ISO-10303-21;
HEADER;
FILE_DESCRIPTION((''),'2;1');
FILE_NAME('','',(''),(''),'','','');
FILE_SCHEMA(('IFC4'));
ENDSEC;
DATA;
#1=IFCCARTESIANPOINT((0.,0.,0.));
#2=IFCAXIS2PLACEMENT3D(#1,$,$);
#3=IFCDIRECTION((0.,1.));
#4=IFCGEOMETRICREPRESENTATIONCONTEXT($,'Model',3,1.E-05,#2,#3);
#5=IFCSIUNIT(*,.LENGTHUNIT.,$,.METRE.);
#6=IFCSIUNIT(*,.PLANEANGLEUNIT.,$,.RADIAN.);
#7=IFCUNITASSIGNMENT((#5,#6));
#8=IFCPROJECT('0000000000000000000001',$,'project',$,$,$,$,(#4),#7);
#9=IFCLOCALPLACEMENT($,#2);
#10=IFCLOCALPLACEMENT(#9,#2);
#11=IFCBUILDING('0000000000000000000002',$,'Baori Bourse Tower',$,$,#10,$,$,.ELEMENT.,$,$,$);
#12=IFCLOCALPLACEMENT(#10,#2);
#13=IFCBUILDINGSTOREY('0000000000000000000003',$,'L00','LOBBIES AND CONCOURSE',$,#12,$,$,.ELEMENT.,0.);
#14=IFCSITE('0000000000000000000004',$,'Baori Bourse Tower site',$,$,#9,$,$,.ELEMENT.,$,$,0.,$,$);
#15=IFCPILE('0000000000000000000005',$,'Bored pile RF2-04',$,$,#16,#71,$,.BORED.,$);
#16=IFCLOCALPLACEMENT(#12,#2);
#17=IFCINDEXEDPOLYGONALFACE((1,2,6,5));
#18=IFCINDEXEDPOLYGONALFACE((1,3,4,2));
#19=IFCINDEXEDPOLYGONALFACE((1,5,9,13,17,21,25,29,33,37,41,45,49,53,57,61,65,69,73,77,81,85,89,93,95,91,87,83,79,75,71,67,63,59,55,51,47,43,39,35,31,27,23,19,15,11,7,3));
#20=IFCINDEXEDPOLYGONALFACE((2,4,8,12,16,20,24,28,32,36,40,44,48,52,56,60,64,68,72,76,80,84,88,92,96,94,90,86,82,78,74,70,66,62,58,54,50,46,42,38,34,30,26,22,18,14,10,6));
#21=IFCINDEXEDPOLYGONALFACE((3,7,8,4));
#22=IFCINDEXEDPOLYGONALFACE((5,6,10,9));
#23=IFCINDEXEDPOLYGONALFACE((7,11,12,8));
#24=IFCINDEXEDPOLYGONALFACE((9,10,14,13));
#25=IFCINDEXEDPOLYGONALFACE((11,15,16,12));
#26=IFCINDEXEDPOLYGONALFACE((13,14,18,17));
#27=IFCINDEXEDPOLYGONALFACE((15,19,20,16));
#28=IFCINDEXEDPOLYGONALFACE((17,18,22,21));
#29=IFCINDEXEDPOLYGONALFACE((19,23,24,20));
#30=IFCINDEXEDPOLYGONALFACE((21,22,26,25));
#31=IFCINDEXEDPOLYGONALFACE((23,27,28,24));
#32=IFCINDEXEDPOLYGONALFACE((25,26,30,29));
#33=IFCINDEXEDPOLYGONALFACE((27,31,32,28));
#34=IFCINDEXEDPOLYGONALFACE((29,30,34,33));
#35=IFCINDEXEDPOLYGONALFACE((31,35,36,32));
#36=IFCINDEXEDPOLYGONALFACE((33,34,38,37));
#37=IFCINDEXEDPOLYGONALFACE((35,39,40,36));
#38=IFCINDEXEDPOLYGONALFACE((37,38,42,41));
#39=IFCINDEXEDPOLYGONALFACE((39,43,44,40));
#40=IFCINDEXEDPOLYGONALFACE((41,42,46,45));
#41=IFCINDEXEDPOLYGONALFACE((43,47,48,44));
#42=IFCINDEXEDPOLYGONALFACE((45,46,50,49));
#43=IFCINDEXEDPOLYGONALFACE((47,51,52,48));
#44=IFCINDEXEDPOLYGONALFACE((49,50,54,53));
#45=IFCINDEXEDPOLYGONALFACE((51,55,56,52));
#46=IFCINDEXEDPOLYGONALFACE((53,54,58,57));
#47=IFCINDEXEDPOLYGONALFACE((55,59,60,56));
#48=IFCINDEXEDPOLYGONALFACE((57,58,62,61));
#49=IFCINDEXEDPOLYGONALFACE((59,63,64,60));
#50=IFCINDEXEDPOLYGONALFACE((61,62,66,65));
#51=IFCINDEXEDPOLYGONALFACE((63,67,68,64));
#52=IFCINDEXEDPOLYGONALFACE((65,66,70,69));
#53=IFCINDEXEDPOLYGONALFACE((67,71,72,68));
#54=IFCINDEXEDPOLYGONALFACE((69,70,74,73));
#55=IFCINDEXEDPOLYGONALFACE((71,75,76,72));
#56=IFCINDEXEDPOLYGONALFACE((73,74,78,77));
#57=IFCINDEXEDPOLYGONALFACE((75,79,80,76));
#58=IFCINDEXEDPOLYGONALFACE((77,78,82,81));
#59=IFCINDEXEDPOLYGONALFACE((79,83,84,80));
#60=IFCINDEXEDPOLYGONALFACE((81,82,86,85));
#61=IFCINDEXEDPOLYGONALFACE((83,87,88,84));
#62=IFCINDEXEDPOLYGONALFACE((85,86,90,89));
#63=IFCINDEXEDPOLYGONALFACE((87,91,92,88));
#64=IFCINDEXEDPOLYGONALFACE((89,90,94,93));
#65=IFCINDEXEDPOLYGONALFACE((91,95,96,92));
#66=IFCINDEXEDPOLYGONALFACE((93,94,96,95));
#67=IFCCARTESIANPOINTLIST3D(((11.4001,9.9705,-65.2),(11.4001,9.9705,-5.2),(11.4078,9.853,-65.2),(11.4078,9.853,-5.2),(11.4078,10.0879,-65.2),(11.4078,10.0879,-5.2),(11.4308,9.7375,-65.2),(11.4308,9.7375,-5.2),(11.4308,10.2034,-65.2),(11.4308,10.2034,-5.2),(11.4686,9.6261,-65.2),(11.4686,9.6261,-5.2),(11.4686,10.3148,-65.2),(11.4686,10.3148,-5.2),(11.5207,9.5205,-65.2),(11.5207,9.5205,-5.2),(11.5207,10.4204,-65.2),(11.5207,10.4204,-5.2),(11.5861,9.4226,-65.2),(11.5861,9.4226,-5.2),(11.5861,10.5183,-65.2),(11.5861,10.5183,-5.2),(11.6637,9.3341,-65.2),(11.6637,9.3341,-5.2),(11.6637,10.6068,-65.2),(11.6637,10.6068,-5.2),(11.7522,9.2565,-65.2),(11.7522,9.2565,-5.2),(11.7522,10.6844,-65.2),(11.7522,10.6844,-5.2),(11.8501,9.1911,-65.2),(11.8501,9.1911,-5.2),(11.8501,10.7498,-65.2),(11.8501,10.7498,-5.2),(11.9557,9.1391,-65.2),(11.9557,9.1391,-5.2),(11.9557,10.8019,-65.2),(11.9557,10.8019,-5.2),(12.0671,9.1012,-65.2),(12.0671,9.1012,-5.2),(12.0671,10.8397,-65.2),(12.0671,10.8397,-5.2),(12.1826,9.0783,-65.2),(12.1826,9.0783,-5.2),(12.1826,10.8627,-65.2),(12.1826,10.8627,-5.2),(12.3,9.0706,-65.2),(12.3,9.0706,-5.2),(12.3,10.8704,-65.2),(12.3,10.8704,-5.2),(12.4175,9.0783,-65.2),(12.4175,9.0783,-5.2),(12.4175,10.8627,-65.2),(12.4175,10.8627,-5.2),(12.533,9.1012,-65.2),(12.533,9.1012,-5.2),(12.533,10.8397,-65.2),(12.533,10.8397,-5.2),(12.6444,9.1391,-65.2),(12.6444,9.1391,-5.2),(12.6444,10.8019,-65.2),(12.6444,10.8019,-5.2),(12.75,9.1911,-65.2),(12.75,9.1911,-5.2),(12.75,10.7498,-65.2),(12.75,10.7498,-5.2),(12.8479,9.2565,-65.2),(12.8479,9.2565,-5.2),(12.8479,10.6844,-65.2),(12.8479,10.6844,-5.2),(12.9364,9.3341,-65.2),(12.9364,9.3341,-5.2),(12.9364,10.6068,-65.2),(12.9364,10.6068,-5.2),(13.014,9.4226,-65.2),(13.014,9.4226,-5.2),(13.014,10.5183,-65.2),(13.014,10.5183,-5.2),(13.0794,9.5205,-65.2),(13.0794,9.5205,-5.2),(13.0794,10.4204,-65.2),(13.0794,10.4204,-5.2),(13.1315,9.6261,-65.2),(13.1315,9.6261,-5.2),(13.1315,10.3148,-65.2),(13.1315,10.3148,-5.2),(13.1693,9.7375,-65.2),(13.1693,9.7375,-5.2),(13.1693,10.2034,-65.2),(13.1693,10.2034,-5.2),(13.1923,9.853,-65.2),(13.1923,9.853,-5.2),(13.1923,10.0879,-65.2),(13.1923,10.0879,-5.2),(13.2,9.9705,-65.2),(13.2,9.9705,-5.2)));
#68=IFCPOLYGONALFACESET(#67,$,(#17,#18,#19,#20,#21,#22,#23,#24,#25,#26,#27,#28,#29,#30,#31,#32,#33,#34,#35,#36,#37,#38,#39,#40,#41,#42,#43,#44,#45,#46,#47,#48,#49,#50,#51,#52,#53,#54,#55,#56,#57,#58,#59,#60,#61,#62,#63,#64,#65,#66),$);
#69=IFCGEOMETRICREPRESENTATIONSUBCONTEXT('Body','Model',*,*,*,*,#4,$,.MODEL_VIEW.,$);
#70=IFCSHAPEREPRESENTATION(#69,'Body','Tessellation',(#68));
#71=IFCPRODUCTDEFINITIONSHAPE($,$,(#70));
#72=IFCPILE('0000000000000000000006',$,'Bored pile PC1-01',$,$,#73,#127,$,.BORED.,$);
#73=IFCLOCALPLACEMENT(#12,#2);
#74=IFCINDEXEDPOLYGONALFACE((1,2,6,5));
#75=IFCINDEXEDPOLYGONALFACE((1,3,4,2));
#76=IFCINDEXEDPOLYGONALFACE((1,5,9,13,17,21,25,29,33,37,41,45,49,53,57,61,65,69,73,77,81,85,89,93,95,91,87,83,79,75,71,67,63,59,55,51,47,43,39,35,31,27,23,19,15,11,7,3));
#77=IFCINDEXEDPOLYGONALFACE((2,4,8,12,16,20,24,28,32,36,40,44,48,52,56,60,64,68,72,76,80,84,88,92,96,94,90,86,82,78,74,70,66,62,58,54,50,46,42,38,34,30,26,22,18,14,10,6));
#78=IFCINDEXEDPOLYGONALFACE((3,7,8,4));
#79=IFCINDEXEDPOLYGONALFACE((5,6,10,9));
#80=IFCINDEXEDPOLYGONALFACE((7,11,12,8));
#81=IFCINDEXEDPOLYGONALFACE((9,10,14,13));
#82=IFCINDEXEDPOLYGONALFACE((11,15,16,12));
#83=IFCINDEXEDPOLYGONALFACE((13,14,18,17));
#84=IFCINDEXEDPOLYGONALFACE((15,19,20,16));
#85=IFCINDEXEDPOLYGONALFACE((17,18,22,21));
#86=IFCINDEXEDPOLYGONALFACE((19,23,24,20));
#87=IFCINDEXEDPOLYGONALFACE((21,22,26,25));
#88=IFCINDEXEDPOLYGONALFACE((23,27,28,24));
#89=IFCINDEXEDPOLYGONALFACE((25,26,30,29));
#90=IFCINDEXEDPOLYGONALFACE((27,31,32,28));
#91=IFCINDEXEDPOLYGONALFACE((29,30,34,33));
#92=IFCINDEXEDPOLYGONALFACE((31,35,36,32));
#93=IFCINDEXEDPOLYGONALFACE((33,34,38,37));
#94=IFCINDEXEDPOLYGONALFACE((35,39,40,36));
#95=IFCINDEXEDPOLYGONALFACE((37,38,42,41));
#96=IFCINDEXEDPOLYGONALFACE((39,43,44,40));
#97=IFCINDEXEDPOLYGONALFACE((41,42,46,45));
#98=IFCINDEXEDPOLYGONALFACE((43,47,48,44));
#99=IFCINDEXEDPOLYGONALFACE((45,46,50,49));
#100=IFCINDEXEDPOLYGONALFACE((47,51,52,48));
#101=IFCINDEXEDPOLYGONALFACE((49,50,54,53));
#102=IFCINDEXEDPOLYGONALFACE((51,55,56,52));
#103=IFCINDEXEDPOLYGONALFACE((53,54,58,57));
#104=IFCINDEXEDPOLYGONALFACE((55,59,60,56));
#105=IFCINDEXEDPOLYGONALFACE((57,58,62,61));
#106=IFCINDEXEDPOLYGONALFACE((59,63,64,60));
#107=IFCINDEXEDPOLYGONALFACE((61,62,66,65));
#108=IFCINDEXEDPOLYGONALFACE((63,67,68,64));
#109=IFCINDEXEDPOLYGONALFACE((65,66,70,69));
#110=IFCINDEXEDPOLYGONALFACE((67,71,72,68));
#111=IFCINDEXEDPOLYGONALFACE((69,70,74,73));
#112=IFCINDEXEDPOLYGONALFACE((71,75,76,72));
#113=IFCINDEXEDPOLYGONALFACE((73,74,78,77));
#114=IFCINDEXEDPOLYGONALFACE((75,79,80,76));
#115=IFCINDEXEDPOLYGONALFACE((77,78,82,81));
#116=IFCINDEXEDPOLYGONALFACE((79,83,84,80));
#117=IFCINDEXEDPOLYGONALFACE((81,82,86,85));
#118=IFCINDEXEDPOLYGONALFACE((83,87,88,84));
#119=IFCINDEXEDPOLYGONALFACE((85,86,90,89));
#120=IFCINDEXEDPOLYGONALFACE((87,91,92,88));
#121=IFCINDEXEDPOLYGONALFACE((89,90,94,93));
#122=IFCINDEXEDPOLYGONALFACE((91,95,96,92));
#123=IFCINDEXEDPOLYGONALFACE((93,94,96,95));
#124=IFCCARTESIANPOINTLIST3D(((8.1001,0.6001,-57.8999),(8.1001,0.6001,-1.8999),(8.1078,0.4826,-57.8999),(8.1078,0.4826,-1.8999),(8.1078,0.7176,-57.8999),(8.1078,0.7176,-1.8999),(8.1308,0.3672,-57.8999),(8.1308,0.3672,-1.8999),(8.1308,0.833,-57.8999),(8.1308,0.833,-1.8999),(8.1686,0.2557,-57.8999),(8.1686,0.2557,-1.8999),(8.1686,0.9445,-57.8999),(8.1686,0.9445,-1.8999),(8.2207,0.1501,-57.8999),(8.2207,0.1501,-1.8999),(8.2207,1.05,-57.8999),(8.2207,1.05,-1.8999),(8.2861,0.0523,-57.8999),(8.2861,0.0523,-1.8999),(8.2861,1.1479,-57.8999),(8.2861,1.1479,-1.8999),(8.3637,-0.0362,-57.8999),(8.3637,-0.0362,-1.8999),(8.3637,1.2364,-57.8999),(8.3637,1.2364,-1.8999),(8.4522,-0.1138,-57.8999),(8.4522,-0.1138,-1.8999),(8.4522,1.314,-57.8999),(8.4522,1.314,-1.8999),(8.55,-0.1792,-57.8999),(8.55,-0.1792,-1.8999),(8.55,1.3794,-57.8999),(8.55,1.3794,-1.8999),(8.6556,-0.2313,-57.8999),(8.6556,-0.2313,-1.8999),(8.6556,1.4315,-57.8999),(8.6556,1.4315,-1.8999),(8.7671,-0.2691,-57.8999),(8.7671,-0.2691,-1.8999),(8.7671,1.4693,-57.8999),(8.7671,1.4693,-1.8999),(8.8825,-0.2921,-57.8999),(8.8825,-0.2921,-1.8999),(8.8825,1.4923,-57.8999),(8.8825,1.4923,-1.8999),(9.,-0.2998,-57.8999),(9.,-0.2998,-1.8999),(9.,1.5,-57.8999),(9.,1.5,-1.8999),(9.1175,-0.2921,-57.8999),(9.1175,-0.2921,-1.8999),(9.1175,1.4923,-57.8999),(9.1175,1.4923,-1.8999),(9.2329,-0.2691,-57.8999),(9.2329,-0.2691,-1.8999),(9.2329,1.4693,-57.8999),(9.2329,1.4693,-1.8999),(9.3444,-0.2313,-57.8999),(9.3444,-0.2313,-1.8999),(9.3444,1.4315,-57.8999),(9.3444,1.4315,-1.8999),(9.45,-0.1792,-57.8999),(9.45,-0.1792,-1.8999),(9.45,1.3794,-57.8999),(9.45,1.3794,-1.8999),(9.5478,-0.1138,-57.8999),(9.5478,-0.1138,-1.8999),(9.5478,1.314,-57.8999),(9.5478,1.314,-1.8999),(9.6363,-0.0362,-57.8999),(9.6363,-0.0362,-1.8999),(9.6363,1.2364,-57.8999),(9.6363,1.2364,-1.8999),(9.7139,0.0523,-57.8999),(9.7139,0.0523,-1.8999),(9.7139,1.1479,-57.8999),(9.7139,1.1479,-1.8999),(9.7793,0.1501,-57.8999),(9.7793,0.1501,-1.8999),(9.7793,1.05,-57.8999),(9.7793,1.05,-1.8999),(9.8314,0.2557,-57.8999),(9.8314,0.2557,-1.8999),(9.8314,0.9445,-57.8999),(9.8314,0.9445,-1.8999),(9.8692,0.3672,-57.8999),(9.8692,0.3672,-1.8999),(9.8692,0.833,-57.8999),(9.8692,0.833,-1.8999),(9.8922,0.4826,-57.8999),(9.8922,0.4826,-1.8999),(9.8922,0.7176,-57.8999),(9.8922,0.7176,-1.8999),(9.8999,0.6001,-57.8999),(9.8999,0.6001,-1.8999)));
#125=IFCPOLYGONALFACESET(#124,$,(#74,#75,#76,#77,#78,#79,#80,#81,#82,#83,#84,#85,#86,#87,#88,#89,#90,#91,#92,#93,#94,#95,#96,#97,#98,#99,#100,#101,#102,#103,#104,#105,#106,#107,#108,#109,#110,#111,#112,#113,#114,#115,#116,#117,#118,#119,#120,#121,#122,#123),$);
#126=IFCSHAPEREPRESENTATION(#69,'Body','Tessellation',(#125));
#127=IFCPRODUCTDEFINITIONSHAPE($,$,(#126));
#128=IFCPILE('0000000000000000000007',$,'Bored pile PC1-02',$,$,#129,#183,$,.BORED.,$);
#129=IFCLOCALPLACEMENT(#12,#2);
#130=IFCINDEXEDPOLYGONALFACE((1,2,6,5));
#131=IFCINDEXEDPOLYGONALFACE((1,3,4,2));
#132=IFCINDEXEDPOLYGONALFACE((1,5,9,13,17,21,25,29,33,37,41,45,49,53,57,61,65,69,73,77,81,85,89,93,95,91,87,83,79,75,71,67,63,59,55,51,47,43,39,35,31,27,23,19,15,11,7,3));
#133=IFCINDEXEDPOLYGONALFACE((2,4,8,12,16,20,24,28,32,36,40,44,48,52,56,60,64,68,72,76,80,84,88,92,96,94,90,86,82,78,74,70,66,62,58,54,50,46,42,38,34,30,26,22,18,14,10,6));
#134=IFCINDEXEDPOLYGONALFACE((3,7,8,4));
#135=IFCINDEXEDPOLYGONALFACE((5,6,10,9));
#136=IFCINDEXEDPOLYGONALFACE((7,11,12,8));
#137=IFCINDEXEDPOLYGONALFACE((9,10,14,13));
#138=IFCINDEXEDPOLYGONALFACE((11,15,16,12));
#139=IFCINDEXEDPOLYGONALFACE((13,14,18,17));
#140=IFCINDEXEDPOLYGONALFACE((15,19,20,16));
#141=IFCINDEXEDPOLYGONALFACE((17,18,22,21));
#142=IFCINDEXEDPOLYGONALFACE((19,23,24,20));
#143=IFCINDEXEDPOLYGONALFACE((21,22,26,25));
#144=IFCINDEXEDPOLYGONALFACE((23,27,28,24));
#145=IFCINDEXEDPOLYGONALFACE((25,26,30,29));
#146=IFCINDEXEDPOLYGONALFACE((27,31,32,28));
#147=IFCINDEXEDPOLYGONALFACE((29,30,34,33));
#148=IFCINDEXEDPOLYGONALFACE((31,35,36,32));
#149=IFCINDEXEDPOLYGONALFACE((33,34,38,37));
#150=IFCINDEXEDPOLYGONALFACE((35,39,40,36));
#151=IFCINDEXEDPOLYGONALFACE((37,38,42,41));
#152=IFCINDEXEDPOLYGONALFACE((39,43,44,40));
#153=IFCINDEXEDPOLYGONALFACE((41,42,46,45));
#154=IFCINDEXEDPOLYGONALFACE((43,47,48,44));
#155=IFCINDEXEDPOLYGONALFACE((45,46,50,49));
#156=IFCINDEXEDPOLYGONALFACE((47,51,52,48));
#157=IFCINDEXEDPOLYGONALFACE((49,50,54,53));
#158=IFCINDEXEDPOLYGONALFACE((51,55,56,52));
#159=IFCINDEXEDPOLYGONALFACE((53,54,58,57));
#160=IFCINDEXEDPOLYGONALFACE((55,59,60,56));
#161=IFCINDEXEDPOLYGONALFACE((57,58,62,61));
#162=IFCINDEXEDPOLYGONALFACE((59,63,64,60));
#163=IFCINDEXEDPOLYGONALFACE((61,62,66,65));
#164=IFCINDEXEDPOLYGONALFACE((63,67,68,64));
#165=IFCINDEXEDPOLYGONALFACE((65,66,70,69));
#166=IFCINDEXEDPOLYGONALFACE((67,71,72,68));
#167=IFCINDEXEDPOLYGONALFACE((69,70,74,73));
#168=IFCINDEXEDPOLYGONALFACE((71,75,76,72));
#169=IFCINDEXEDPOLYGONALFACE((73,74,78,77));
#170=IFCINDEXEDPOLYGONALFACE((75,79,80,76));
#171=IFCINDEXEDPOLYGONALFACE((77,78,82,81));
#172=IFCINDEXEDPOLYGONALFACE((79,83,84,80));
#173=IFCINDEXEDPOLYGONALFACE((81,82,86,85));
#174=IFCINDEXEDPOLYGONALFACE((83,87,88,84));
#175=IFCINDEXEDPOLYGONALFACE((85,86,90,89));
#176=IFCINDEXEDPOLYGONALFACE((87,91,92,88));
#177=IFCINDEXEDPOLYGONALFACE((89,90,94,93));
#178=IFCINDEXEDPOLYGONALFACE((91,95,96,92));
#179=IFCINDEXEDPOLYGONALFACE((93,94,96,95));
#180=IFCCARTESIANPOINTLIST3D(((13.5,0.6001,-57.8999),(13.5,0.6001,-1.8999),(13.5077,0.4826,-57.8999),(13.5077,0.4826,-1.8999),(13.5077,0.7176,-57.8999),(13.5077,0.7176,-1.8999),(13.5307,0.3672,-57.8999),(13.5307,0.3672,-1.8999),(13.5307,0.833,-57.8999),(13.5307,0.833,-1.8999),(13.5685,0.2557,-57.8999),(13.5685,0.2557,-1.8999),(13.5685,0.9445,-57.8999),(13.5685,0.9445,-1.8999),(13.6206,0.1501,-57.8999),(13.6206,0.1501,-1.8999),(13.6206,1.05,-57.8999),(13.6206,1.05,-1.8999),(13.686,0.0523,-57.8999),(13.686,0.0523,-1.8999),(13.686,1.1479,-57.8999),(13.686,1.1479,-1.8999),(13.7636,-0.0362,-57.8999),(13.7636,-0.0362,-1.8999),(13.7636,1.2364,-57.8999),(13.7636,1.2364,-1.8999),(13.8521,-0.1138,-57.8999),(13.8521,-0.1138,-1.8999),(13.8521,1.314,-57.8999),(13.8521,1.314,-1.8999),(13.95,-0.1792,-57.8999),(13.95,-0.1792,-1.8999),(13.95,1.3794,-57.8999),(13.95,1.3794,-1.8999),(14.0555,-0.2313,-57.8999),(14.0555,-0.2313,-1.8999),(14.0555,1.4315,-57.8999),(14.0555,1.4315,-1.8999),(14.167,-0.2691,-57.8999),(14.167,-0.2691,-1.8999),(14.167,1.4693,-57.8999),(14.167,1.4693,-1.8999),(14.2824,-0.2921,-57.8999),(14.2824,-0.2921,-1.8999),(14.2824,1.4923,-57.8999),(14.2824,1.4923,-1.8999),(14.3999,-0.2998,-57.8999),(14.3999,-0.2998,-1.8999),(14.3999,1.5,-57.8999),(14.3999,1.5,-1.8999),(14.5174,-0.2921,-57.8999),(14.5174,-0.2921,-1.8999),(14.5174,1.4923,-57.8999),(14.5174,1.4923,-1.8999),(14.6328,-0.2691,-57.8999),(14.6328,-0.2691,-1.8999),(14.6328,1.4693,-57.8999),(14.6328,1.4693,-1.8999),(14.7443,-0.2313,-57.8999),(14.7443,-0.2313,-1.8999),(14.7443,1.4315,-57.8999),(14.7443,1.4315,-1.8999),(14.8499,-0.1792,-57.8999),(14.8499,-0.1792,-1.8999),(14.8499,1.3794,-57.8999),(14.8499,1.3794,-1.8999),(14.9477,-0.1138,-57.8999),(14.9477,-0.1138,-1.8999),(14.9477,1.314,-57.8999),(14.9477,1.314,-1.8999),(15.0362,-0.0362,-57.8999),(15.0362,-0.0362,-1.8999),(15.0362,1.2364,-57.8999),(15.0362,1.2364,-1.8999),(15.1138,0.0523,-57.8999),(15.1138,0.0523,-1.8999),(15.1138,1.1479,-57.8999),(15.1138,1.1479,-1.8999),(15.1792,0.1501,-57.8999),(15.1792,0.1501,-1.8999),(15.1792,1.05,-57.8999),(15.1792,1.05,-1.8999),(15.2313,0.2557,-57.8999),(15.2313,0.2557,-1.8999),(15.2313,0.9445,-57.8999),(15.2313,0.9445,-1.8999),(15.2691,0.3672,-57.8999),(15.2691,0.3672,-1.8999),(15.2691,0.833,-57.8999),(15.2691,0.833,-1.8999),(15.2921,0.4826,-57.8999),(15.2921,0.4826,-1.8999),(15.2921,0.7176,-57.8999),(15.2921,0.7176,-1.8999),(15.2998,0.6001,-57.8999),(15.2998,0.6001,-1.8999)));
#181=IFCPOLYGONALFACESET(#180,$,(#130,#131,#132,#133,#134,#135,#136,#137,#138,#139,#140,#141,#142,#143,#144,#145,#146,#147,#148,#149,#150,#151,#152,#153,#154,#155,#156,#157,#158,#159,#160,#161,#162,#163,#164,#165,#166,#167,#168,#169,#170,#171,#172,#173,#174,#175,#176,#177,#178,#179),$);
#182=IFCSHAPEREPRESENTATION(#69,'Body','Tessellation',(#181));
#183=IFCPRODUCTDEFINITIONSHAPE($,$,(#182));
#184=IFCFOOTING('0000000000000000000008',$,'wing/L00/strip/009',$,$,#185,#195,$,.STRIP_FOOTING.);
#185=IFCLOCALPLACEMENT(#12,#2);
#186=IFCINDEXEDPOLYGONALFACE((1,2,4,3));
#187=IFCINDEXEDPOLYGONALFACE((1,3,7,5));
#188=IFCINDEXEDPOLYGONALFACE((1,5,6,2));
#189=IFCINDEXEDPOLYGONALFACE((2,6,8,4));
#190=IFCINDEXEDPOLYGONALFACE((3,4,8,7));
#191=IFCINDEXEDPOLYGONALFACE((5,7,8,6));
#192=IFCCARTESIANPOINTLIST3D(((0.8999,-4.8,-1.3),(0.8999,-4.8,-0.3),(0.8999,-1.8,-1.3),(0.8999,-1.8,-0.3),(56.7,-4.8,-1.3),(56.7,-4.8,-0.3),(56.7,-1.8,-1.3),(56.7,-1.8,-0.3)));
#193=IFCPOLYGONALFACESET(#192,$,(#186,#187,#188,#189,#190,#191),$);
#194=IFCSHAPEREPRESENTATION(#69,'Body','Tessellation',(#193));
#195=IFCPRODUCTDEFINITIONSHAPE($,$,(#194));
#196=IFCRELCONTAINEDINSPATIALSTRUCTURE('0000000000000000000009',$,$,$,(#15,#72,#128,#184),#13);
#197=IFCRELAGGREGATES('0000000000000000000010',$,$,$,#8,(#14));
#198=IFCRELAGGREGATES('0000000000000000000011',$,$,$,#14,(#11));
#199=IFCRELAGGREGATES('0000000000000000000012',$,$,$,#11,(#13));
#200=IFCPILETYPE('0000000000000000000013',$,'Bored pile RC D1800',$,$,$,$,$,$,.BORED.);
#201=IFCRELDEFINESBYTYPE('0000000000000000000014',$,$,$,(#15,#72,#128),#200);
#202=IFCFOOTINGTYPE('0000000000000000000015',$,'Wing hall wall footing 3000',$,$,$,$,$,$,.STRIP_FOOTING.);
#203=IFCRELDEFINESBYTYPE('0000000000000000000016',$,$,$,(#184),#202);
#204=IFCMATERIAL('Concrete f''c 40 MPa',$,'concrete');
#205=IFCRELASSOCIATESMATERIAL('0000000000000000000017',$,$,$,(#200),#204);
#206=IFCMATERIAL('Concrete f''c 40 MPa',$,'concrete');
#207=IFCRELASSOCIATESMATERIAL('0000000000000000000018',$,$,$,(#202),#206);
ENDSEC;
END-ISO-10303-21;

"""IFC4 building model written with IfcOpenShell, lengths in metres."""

from ifc_helpers import new_model, si_unit, direction, frame, origin, origin_2d, place, context, subcontext, project, spatial, polyline, circle, outline, extrude, material, material_profile, profile_set, type_object, element, save


model = new_model("IFC4")

# Units and contexts
model_context = context("Model", 3, precision=1e-05, world=origin(), true_north=direction((0.0, 1.0)))
body_context = subcontext(model_context, "Body", "Model", "MODEL_VIEW")
ifc_project = project(units=[si_unit("LENGTHUNIT", "METRE"), si_unit("PLANEANGLEUNIT", "RADIAN")], contexts=[model_context])

# Site, building, storey
site_placement = place(None, origin())
site = spatial("IfcSite", under=ifc_project, at=site_placement, Name="Baori Bourse Tower site", CompositionType="ELEMENT", RefElevation=0.0)
building_placement = place(site_placement, origin())
building = spatial("IfcBuilding", under=site, at=building_placement, Name="Baori Bourse Tower", CompositionType="ELEMENT")
storey_placement = place(building_placement, origin())
storey = spatial("IfcBuildingStorey", under=building, at=storey_placement, Name="L00", Description="LOBBIES AND CONCOURSE", CompositionType="ELEMENT", Elevation=0.0)

# Piles
ifc_material_1 = material(Name="Concrete f'c 40 MPa", Category="concrete")
ifc_material_profile_1 = material_profile(ifc_material_1, circle(Radius=0.8999, at=origin_2d()), Name="RC D1800")
ifc_profile_set_1 = profile_set([ifc_material_profile_1], Name="Concrete f'c 40 MPa")
pile_type = type_object("IfcPileType", Name="Bored pile RC D1800", PredefinedType="BORED", material=ifc_profile_set_1)
for number, where, z_axis, x_axis, name in (
    (1, (12.3, 9.9705, -5.2), (0.0, 0.0, -1.0), (1.0, 0.0, 0.0), "Bored pile RF2-04"),
):
    element("IfcPile", number, at=place(storey_placement, frame(where, z_axis=z_axis, x_axis=x_axis)), inside=storey, type_object=pile_type, Name=name, PredefinedType="BORED", context=body_context, shape_type="SweptSolid", body=[
        extrude(circle(Radius=0.8999, at=origin_2d()), origin(), (0.0, 0.0, 1.0), 60.0),
    ])
for number, where, z_axis, x_axis, name in (
    (2, (9.0, 0.6001, -1.8999), (0.0, 0.0, -1.0), (1.0, 0.0, 0.0), "Bored pile PC1-01"),
    (3, (14.3999, 0.6001, -1.8999), (0.0, 0.0, -1.0), (1.0, 0.0, 0.0), "Bored pile PC1-02"),
):
    element("IfcPile", number, at=place(storey_placement, frame(where, z_axis=z_axis, x_axis=x_axis)), inside=storey, type_object=pile_type, Name=name, PredefinedType="BORED", context=body_context, shape_type="SweptSolid", body=[
        extrude(circle(Radius=0.8999, at=origin_2d()), origin(), (0.0, 0.0, 1.0), 56.0),
    ])

# Footing
ifc_material_2 = material(Name="Concrete f'c 40 MPa", Category="concrete")
footing_type_1 = type_object("IfcFootingType", Name="Wing hall wall footing 3000", PredefinedType="STRIP_FOOTING", material=ifc_material_2)
footing_1_placement = place(storey_placement, frame((0.0, 0.0, -1.3)))
element("IfcFooting", 4, at=footing_1_placement, inside=storey, type_object=footing_type_1, Name="wing/L00/strip/009", PredefinedType="STRIP_FOOTING", context=body_context, shape_type="SweptSolid", body=[
    extrude(outline(polyline([(0.8999, -4.8), (56.7, -4.8), (56.7, -1.8), (0.8999, -1.8), (0.8999, -4.8)])), origin(), (0.0, 0.0, 1.0), 1.0),
])

save(model, "model.ifc")
